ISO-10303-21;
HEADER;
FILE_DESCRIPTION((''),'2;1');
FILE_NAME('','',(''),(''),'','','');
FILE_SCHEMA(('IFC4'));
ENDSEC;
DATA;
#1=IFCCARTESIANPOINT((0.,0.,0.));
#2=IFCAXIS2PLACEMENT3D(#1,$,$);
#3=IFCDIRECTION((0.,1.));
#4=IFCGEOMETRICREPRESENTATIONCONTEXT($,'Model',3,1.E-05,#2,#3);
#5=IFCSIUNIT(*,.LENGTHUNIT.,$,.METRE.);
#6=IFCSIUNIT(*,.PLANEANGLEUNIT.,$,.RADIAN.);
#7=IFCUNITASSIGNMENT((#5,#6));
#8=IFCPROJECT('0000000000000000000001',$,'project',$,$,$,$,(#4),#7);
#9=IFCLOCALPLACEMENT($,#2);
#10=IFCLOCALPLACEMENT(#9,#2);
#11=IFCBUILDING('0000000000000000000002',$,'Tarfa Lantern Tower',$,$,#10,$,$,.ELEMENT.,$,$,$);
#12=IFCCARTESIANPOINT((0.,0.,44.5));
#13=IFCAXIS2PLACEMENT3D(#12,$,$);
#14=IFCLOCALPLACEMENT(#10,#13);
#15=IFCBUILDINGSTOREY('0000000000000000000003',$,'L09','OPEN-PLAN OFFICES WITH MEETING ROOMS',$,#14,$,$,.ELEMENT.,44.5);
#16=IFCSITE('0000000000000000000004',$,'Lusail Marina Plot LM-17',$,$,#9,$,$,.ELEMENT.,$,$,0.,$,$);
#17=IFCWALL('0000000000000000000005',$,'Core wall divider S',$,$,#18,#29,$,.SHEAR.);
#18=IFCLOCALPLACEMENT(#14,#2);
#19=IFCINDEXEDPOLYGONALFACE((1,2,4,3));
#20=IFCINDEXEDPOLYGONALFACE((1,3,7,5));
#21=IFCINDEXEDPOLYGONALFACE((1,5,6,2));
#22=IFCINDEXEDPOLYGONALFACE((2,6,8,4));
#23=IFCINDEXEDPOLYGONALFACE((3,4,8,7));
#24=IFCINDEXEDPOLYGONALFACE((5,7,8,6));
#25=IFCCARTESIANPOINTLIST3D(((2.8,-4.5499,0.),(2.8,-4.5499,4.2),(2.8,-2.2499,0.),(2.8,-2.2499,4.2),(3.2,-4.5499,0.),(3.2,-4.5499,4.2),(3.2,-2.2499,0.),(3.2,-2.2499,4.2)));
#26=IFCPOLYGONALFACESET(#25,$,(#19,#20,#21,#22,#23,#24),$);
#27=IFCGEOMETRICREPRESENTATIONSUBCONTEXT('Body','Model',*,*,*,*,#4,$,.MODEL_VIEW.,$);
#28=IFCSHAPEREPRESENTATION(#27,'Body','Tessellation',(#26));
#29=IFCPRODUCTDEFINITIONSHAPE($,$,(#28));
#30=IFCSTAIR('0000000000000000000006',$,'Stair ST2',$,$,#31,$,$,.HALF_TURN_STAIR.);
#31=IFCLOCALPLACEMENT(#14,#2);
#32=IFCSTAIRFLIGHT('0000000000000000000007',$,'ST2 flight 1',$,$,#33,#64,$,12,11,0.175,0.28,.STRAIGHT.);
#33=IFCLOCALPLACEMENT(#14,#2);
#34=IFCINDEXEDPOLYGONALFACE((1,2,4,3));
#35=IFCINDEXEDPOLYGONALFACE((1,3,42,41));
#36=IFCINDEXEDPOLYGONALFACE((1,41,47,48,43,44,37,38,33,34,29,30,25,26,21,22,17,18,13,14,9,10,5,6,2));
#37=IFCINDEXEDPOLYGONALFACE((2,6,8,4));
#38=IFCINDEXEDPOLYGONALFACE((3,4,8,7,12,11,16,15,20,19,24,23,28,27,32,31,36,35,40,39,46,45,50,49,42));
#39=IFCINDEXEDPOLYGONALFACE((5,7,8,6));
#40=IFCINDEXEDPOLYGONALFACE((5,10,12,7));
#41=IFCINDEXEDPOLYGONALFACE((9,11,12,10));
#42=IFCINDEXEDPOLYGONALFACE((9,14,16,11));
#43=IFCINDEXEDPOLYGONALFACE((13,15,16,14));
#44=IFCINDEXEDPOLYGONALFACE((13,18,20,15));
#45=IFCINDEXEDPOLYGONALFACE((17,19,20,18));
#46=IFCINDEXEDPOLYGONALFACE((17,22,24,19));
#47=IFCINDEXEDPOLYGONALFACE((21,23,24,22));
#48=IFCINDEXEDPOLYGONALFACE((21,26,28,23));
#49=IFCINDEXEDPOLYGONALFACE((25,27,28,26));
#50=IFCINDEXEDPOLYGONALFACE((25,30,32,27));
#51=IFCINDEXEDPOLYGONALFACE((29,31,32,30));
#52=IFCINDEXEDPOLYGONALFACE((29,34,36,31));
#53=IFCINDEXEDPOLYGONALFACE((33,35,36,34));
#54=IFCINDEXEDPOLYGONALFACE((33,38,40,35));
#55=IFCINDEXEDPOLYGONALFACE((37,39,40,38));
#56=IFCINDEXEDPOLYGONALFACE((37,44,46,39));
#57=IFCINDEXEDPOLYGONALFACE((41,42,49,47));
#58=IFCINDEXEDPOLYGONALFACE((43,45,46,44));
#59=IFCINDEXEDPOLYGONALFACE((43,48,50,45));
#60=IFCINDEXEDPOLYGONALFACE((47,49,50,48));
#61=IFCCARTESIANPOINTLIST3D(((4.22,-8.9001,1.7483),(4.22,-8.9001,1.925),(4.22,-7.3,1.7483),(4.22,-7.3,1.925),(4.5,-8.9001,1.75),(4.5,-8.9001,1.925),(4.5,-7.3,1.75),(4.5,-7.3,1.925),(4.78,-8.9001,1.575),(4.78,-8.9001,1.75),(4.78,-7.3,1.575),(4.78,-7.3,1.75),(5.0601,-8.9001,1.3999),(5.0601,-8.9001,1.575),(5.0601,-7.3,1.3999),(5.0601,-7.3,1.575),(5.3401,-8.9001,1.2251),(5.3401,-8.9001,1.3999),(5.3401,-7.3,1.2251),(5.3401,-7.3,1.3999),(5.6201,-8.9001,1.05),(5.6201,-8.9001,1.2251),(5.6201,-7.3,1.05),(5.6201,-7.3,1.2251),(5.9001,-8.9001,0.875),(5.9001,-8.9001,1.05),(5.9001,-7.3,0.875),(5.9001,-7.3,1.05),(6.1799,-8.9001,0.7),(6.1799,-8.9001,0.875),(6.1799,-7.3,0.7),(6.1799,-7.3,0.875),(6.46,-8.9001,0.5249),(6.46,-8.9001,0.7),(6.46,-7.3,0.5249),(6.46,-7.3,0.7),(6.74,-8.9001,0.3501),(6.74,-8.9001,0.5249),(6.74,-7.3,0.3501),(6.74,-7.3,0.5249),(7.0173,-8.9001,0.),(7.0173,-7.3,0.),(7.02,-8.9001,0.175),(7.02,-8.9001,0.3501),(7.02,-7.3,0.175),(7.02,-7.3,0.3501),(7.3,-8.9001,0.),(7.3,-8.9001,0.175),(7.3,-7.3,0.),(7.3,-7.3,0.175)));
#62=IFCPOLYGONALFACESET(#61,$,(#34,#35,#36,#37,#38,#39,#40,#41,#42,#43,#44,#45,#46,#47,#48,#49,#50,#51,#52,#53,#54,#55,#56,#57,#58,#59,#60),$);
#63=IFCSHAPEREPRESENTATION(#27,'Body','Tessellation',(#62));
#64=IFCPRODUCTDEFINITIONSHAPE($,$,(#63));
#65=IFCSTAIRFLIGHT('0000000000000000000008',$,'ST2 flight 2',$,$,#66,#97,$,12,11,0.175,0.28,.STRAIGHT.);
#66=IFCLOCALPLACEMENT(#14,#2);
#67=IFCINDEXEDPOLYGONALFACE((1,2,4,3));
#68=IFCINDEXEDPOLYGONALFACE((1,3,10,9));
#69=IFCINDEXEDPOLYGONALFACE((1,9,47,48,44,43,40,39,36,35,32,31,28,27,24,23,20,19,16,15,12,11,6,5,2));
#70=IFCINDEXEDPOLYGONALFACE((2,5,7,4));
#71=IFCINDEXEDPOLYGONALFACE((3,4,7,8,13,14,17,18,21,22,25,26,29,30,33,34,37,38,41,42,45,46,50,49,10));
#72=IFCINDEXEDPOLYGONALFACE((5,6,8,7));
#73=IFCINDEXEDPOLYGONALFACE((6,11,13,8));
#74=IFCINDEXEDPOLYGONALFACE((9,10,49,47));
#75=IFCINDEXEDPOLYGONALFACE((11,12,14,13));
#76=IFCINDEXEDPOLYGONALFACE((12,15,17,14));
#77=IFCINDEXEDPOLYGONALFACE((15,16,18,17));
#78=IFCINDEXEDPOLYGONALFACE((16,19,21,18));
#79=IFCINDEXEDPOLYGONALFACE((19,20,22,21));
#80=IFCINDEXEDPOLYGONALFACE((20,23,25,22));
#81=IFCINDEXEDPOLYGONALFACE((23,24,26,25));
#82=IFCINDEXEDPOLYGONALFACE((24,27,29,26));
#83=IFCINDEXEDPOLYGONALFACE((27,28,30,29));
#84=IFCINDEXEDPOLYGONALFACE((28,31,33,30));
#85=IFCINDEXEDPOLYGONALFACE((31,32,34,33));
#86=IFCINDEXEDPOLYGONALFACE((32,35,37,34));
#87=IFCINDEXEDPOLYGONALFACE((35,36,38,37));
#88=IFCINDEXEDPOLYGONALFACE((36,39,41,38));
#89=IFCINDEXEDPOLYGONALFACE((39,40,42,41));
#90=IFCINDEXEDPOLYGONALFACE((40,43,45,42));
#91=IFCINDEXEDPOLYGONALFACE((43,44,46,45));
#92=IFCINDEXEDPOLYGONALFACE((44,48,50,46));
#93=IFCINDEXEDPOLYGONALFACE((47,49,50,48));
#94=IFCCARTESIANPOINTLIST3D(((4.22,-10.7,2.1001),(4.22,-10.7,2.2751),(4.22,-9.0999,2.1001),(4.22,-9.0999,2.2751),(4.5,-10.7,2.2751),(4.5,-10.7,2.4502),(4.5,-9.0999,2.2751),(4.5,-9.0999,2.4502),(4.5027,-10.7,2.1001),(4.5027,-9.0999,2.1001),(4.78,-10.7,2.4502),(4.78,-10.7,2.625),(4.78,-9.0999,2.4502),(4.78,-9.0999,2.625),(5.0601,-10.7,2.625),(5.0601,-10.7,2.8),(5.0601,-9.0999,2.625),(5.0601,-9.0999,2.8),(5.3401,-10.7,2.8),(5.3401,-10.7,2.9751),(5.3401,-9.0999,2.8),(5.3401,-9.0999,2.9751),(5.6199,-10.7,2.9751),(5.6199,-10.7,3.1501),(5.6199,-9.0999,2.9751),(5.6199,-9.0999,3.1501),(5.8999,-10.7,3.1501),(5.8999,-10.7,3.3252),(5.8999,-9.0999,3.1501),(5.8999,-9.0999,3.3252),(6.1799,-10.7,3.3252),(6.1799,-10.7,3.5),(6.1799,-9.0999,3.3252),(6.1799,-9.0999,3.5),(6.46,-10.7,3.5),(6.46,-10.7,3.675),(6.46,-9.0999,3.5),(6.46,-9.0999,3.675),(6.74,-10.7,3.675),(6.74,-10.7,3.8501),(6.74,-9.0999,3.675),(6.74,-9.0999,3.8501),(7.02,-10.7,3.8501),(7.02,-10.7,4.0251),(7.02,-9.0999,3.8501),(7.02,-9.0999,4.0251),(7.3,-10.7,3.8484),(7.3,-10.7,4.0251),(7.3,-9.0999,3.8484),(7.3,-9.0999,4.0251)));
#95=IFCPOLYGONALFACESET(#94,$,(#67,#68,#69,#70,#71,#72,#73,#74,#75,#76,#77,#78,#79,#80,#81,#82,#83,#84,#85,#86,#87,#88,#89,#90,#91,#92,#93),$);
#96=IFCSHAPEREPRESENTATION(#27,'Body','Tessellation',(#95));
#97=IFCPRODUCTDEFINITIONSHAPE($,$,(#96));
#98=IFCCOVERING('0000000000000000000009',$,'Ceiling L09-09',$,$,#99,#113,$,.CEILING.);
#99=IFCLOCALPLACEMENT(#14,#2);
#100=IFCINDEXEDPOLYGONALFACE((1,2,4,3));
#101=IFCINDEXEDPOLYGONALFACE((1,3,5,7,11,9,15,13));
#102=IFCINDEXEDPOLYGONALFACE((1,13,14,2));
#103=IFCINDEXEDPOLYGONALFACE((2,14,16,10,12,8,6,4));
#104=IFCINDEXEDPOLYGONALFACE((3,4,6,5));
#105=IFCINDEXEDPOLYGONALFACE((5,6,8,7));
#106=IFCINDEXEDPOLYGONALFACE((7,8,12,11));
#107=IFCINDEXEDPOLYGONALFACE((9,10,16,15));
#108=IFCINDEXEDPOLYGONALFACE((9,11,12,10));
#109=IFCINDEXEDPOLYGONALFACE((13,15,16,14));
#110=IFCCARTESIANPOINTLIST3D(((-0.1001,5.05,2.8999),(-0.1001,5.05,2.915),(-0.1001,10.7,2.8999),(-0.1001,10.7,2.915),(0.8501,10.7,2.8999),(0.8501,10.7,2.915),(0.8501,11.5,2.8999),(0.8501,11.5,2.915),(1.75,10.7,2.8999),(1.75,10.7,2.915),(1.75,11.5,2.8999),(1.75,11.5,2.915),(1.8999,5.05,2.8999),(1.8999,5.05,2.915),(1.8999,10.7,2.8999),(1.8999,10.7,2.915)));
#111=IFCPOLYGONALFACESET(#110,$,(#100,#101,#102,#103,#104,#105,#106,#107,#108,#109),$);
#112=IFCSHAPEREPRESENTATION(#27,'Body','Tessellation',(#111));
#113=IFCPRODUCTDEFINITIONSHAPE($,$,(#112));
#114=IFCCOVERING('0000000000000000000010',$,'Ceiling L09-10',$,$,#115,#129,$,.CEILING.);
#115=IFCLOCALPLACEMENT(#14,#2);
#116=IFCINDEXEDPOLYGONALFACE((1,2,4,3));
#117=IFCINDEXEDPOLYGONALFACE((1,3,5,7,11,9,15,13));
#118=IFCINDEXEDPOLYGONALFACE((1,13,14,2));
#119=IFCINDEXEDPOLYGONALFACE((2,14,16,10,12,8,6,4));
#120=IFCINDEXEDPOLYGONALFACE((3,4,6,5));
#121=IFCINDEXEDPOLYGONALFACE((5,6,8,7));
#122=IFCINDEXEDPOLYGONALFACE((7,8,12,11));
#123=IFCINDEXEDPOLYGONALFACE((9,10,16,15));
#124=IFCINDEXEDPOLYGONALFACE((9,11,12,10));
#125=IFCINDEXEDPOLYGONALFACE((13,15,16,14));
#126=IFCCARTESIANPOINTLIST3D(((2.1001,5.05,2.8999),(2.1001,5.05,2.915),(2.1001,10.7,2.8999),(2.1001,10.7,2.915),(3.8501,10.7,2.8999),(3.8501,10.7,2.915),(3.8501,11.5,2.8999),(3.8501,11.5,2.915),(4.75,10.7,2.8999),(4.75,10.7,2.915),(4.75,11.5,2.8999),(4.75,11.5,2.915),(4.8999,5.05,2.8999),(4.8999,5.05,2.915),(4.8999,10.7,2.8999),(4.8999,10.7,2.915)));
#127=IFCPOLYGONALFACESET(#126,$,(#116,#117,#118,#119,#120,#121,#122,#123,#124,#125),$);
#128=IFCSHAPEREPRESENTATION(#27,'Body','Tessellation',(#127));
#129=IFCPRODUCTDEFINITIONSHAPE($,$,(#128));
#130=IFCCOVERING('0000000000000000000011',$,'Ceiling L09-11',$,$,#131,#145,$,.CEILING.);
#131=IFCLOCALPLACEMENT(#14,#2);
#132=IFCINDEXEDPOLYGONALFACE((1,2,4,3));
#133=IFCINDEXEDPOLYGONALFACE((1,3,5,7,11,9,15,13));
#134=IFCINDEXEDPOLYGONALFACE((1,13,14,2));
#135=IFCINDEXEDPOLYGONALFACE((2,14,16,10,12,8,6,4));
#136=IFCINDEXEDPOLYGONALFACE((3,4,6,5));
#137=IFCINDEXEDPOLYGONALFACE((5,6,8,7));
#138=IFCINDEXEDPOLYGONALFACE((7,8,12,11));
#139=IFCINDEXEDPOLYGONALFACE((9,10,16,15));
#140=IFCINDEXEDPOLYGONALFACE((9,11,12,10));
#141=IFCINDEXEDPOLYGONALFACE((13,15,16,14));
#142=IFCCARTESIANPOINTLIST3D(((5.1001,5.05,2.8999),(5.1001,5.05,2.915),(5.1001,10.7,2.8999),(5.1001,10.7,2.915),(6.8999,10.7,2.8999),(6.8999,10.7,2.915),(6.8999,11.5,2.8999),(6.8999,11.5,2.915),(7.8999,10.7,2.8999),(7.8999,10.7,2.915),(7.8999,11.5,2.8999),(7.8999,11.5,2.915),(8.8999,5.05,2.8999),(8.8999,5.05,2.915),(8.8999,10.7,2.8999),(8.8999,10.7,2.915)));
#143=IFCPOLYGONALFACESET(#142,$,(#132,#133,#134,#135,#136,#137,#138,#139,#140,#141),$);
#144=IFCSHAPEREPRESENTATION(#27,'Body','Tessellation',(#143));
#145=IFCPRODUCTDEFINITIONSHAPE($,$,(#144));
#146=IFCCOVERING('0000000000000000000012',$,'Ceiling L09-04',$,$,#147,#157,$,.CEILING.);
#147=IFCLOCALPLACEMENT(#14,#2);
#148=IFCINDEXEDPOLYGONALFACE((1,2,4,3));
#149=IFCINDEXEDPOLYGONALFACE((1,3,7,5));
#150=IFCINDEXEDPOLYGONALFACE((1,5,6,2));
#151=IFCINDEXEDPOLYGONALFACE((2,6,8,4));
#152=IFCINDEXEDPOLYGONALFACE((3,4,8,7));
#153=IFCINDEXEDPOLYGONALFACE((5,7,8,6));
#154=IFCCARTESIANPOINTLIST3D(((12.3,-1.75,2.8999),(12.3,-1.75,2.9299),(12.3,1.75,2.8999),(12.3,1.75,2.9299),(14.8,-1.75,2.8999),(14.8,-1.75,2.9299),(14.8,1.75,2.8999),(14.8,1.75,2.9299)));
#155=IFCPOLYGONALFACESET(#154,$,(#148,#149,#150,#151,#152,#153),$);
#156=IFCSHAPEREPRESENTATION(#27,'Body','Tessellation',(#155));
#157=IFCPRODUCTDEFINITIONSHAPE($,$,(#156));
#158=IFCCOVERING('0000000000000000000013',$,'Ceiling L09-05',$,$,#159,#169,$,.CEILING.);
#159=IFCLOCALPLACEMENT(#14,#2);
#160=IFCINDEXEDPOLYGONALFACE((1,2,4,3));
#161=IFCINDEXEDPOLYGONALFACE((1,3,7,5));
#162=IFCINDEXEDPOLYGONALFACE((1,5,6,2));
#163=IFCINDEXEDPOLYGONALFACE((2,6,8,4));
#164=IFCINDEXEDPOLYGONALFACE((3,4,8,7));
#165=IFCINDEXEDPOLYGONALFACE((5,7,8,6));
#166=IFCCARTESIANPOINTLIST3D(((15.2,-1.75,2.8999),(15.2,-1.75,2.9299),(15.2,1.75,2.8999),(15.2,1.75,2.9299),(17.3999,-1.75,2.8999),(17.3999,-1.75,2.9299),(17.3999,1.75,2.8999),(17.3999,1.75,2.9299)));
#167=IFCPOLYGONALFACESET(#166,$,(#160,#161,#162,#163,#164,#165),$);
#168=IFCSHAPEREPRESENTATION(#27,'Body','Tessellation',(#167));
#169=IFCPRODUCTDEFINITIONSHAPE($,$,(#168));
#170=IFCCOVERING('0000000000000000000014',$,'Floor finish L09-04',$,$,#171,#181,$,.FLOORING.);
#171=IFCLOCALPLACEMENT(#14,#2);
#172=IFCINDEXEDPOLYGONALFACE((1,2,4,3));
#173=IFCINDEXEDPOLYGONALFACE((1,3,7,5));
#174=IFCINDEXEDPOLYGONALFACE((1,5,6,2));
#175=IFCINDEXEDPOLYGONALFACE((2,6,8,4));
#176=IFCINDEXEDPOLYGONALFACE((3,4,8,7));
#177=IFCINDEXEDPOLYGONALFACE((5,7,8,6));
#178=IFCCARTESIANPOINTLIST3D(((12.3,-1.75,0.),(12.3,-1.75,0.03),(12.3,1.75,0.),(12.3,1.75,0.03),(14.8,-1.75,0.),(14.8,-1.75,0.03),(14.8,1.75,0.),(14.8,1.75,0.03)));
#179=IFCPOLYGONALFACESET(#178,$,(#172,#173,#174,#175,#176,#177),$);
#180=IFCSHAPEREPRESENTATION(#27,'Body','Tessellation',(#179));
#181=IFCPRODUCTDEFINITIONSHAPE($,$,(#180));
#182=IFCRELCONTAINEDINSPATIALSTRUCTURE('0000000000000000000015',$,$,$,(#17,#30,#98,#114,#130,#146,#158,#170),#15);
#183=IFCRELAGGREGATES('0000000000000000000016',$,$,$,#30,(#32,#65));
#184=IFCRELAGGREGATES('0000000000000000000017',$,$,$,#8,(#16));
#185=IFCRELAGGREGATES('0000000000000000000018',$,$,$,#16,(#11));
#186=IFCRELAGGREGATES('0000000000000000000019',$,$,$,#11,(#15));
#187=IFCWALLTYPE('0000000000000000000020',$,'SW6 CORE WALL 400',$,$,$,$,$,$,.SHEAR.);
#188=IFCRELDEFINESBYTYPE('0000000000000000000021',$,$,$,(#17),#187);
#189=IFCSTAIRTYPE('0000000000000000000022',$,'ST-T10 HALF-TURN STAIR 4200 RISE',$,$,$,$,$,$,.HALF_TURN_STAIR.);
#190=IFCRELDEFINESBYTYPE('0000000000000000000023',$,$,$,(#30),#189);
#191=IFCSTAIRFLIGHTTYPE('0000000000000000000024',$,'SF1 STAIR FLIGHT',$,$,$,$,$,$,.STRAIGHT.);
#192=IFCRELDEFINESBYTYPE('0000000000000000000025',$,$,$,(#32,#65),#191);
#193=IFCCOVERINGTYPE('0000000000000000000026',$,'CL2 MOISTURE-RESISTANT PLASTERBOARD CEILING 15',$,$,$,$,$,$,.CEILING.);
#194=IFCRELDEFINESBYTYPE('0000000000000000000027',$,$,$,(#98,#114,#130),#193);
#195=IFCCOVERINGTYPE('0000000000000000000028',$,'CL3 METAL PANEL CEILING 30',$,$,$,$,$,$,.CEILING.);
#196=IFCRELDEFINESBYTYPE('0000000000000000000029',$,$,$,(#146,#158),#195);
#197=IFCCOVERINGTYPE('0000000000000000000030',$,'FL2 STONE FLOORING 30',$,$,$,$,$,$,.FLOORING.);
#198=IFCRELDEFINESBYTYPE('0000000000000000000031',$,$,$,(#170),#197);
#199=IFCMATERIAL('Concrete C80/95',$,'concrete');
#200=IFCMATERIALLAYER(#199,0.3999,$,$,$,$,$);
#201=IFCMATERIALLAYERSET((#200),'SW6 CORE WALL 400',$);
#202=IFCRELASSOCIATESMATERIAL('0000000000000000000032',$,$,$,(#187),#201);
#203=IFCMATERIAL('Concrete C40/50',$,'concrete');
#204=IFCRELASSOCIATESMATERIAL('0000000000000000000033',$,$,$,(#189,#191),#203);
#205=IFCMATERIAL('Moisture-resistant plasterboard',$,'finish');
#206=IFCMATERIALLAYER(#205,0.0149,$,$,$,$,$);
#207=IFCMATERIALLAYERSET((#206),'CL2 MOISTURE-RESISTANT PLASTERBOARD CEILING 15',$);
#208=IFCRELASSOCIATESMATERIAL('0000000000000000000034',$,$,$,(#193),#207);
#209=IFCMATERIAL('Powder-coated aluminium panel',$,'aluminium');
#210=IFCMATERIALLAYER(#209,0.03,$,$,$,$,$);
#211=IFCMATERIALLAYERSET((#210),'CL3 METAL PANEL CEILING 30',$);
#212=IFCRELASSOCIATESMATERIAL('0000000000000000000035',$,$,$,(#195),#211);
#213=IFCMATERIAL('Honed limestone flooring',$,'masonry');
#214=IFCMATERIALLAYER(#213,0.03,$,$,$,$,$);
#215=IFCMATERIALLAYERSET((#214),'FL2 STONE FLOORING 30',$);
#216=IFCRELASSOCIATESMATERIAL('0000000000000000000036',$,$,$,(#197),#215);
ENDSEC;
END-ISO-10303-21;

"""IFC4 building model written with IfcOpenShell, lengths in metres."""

from ifc_helpers import new_model, si_unit, direction, frame, frame_2d, origin, place, context, subcontext, project, spatial, polyline, rectangle, outline, extrude, material, layer, layer_set, type_object, element, aggregate, save


model = new_model("IFC4")

# Units and contexts
model_context = context("Model", 3, precision=1e-05, world=origin(), true_north=direction((0.0, 1.0)))
body_context = subcontext(model_context, "Body", "Model", "MODEL_VIEW")
ifc_project = project(units=[si_unit("LENGTHUNIT", "METRE"), si_unit("PLANEANGLEUNIT", "RADIAN")], contexts=[model_context])

# Site, building, storey
site_placement = place(None, origin())
site = spatial("IfcSite", under=ifc_project, at=site_placement, Name="Lusail Marina Plot LM-17", CompositionType="ELEMENT", RefElevation=0.0)
building_placement = place(site_placement, origin())
building = spatial("IfcBuilding", under=site, at=building_placement, Name="Tarfa Lantern Tower", CompositionType="ELEMENT")
storey_placement = place(building_placement, frame((0.0, 0.0, 44.5)))
storey = spatial("IfcBuildingStorey", under=building, at=storey_placement, Name="L09", Description="OPEN-PLAN OFFICES WITH MEETING ROOMS", CompositionType="ELEMENT", Elevation=44.5)

# Shared definitions
ifc_material_1 = material(Name="Concrete C80/95", Category="concrete")

# Wall
ifc_layer_1 = layer(ifc_material_1, 0.3999)
ifc_layer_set_1 = layer_set([ifc_layer_1], Name="SW6 CORE WALL 400")
wall_type_1 = type_object("IfcWallType", Name="SW6 CORE WALL 400", PredefinedType="SHEAR", material=ifc_layer_set_1)
for number, where, z_axis, x_axis, name in (
    (1, (3.0, -2.25, 0.0), (0.0, 0.0, 1.0), (0.0, -1.0, 0.0), "Core wall divider S"),
):
    element("IfcWall", number, at=place(storey_placement, frame(where, z_axis=z_axis, x_axis=x_axis)), inside=storey, type_object=wall_type_1, Name=name, PredefinedType="SHEAR", context=body_context, shape_type="SweptSolid", body=[
        extrude(rectangle(XDim=2.3, YDim=0.3999, at=frame_2d((1.1499, 0.0))), origin(), (0.0, 0.0, 1.0), 4.2),
    ])

# Stair, stair flights
ifc_material_2 = material(Name="Concrete C40/50", Category="concrete")
stair_type = type_object("IfcStairType", Name="ST-T10 HALF-TURN STAIR 4200 RISE", PredefinedType="HALF_TURN_STAIR", material=ifc_material_2)
stair_placement = place(storey_placement, origin())
stair = element("IfcStair", 2, at=stair_placement, inside=storey, type_object=stair_type, Name="Stair ST2", PredefinedType="HALF_TURN_STAIR")
stair_flight_type = type_object("IfcStairFlightType", Name="SF1 STAIR FLIGHT", PredefinedType="STRAIGHT", material=ifc_material_2)
stair_flight_1_placement = place(storey_placement, frame((7.3, -8.1001, 0.0), z_axis=(0.0, 0.0, 1.0), x_axis=(-1.0, 0.0, 0.0)))
stair_flight_1 = element("IfcStairFlight", 3, at=stair_flight_1_placement, type_object=stair_flight_type, Name="ST2 flight 1", NumberOfRisers=12, NumberOfTreads=11, PredefinedType="STRAIGHT", RiserHeight=0.175, TreadLength=0.28, context=body_context, shape_type="SweptSolid", body=[
    extrude(outline(polyline([(0.0, 0.0), (0.0, 0.175), (0.28, 0.175), (0.28, 0.3501), (0.5601, 0.3501), (0.5601, 0.5249), (0.8401, 0.5249), (0.8401, 0.7), (1.1201, 0.7), (1.1201, 0.875), (1.3999, 0.875), (1.3999, 1.05), (1.6799, 1.05), (1.6799, 1.2251), (1.96, 1.2251), (1.96, 1.3999), (2.24, 1.3999), (2.24, 1.575), (2.52, 1.575), (2.52, 1.75), (2.8, 1.75), (2.8, 1.925), (3.0801, 1.925), (3.0801, 2.1001), (3.0801, 1.7483), (0.2827, 0.0), (0.0, 0.0)])), frame((0.0, 0.8, 0.0), z_axis=(0.0, -1.0, 0.0), x_axis=(1.0, 0.0, 0.0)), (0.0, 0.0, 1.0), 1.6001),
])
stair_flight_2_placement = place(storey_placement, frame((4.22, -9.8999, 2.1001), z_axis=(0.0, 0.0, 1.0), x_axis=(1.0, 0.0, 0.0)))
stair_flight_2 = element("IfcStairFlight", 4, at=stair_flight_2_placement, type_object=stair_flight_type, Name="ST2 flight 2", NumberOfRisers=12, NumberOfTreads=11, PredefinedType="STRAIGHT", RiserHeight=0.175, TreadLength=0.28, context=body_context, shape_type="SweptSolid", body=[
    extrude(outline(polyline([(0.0, 0.0), (0.0, 0.175), (0.28, 0.175), (0.28, 0.3501), (0.5601, 0.3501), (0.5601, 0.5249), (0.8401, 0.5249), (0.8401, 0.7), (1.1201, 0.7), (1.1201, 0.875), (1.3999, 0.875), (1.3999, 1.05), (1.6799, 1.05), (1.6799, 1.2251), (1.96, 1.2251), (1.96, 1.3999), (2.24, 1.3999), (2.24, 1.575), (2.52, 1.575), (2.52, 1.75), (2.8, 1.75), (2.8, 1.925), (3.0801, 1.925), (3.0801, 2.1001), (3.0801, 1.7483), (0.2827, 0.0), (0.0, 0.0)])), frame((0.0, 0.8, 0.0), z_axis=(0.0, -1.0, 0.0), x_axis=(1.0, 0.0, 0.0)), (0.0, 0.0, 1.0), 1.6001),
])
aggregate(stair, [stair_flight_1, stair_flight_2])

# Coverings
ifc_material_3 = material(Name="Moisture-resistant plasterboard", Category="finish")
ifc_layer_2 = layer(ifc_material_3, 0.0149)
ifc_layer_set_2 = layer_set([ifc_layer_2], Name="CL2 MOISTURE-RESISTANT PLASTERBOARD CEILING 15")
covering_type_1 = type_object("IfcCoveringType", Name="CL2 MOISTURE-RESISTANT PLASTERBOARD CEILING 15", PredefinedType="CEILING", material=ifc_layer_set_2)
covering_1_placement = place(storey_placement, frame((0.0, 0.0, 2.8999)))
element("IfcCovering", 5, at=covering_1_placement, inside=storey, type_object=covering_type_1, Name="Ceiling L09-09", PredefinedType="CEILING", context=body_context, shape_type="SweptSolid", body=[
    extrude(outline(polyline([(0.8501, 10.7), (-0.1001, 10.7), (-0.1001, 5.05), (1.8999, 5.05), (1.8999, 10.7), (1.75, 10.7), (1.75, 11.5), (1.75, 11.5), (0.8501, 11.5), (0.8501, 10.7)])), origin(), (0.0, 0.0, 1.0), 0.0151),
])
covering_2_placement = place(storey_placement, frame((0.0, 0.0, 2.8999)))
element("IfcCovering", 6, at=covering_2_placement, inside=storey, type_object=covering_type_1, Name="Ceiling L09-10", PredefinedType="CEILING", context=body_context, shape_type="SweptSolid", body=[
    extrude(outline(polyline([(2.1001, 5.05), (4.8999, 5.05), (4.8999, 10.7), (4.75, 10.7), (4.75, 11.5), (3.8501, 11.5), (3.8501, 10.7), (2.1001, 10.7), (2.1001, 5.05)])), origin(), (0.0, 0.0, 1.0), 0.0151),
])
covering_3_placement = place(storey_placement, frame((0.0, 0.0, 2.8999)))
element("IfcCovering", 7, at=covering_3_placement, inside=storey, type_object=covering_type_1, Name="Ceiling L09-11", PredefinedType="CEILING", context=body_context, shape_type="SweptSolid", body=[
    extrude(outline(polyline([(5.1001, 5.05), (8.8999, 5.05), (8.8999, 10.7), (7.8999, 10.7), (7.8999, 11.5), (6.8999, 11.5), (6.8999, 10.7), (5.1001, 10.7), (5.1001, 5.05)])), origin(), (0.0, 0.0, 1.0), 0.0151),
])
ifc_material_4 = material(Name="Powder-coated aluminium panel", Category="aluminium")
ifc_layer_3 = layer(ifc_material_4, 0.03)
ifc_layer_set_3 = layer_set([ifc_layer_3], Name="CL3 METAL PANEL CEILING 30")
covering_type_2 = type_object("IfcCoveringType", Name="CL3 METAL PANEL CEILING 30", PredefinedType="CEILING", material=ifc_layer_set_3)
covering_4_placement = place(storey_placement, frame((0.0, 0.0, 2.8999)))
element("IfcCovering", 8, at=covering_4_placement, inside=storey, type_object=covering_type_2, Name="Ceiling L09-04", PredefinedType="CEILING", context=body_context, shape_type="SweptSolid", body=[
    extrude(outline(polyline([(12.3, -1.75), (14.8, -1.75), (14.8, 1.75), (12.3, 1.75), (12.3, -1.75)])), origin(), (0.0, 0.0, 1.0), 0.03),
])
covering_5_placement = place(storey_placement, frame((0.0, 0.0, 2.8999)))
element("IfcCovering", 9, at=covering_5_placement, inside=storey, type_object=covering_type_2, Name="Ceiling L09-05", PredefinedType="CEILING", context=body_context, shape_type="SweptSolid", body=[
    extrude(outline(polyline([(15.2, -1.75), (17.3999, -1.75), (17.3999, 1.75), (15.2, 1.75), (15.2, -1.75)])), origin(), (0.0, 0.0, 1.0), 0.03),
])
ifc_material_5 = material(Name="Honed limestone flooring", Category="masonry")
ifc_layer_4 = layer(ifc_material_5, 0.03)
ifc_layer_set_4 = layer_set([ifc_layer_4], Name="FL2 STONE FLOORING 30")
covering_type_3 = type_object("IfcCoveringType", Name="FL2 STONE FLOORING 30", PredefinedType="FLOORING", material=ifc_layer_set_4)
covering_6_placement = place(storey_placement, origin())
element("IfcCovering", 10, at=covering_6_placement, inside=storey, type_object=covering_type_3, Name="Floor finish L09-04", PredefinedType="FLOORING", context=body_context, shape_type="SweptSolid", body=[
    extrude(outline(polyline([(12.3, -1.75), (14.8, -1.75), (14.8, 1.75), (12.3, 1.75), (12.3, -1.75)])), origin(), (0.0, 0.0, 1.0), 0.03),
])

save(model, "model.ifc")
